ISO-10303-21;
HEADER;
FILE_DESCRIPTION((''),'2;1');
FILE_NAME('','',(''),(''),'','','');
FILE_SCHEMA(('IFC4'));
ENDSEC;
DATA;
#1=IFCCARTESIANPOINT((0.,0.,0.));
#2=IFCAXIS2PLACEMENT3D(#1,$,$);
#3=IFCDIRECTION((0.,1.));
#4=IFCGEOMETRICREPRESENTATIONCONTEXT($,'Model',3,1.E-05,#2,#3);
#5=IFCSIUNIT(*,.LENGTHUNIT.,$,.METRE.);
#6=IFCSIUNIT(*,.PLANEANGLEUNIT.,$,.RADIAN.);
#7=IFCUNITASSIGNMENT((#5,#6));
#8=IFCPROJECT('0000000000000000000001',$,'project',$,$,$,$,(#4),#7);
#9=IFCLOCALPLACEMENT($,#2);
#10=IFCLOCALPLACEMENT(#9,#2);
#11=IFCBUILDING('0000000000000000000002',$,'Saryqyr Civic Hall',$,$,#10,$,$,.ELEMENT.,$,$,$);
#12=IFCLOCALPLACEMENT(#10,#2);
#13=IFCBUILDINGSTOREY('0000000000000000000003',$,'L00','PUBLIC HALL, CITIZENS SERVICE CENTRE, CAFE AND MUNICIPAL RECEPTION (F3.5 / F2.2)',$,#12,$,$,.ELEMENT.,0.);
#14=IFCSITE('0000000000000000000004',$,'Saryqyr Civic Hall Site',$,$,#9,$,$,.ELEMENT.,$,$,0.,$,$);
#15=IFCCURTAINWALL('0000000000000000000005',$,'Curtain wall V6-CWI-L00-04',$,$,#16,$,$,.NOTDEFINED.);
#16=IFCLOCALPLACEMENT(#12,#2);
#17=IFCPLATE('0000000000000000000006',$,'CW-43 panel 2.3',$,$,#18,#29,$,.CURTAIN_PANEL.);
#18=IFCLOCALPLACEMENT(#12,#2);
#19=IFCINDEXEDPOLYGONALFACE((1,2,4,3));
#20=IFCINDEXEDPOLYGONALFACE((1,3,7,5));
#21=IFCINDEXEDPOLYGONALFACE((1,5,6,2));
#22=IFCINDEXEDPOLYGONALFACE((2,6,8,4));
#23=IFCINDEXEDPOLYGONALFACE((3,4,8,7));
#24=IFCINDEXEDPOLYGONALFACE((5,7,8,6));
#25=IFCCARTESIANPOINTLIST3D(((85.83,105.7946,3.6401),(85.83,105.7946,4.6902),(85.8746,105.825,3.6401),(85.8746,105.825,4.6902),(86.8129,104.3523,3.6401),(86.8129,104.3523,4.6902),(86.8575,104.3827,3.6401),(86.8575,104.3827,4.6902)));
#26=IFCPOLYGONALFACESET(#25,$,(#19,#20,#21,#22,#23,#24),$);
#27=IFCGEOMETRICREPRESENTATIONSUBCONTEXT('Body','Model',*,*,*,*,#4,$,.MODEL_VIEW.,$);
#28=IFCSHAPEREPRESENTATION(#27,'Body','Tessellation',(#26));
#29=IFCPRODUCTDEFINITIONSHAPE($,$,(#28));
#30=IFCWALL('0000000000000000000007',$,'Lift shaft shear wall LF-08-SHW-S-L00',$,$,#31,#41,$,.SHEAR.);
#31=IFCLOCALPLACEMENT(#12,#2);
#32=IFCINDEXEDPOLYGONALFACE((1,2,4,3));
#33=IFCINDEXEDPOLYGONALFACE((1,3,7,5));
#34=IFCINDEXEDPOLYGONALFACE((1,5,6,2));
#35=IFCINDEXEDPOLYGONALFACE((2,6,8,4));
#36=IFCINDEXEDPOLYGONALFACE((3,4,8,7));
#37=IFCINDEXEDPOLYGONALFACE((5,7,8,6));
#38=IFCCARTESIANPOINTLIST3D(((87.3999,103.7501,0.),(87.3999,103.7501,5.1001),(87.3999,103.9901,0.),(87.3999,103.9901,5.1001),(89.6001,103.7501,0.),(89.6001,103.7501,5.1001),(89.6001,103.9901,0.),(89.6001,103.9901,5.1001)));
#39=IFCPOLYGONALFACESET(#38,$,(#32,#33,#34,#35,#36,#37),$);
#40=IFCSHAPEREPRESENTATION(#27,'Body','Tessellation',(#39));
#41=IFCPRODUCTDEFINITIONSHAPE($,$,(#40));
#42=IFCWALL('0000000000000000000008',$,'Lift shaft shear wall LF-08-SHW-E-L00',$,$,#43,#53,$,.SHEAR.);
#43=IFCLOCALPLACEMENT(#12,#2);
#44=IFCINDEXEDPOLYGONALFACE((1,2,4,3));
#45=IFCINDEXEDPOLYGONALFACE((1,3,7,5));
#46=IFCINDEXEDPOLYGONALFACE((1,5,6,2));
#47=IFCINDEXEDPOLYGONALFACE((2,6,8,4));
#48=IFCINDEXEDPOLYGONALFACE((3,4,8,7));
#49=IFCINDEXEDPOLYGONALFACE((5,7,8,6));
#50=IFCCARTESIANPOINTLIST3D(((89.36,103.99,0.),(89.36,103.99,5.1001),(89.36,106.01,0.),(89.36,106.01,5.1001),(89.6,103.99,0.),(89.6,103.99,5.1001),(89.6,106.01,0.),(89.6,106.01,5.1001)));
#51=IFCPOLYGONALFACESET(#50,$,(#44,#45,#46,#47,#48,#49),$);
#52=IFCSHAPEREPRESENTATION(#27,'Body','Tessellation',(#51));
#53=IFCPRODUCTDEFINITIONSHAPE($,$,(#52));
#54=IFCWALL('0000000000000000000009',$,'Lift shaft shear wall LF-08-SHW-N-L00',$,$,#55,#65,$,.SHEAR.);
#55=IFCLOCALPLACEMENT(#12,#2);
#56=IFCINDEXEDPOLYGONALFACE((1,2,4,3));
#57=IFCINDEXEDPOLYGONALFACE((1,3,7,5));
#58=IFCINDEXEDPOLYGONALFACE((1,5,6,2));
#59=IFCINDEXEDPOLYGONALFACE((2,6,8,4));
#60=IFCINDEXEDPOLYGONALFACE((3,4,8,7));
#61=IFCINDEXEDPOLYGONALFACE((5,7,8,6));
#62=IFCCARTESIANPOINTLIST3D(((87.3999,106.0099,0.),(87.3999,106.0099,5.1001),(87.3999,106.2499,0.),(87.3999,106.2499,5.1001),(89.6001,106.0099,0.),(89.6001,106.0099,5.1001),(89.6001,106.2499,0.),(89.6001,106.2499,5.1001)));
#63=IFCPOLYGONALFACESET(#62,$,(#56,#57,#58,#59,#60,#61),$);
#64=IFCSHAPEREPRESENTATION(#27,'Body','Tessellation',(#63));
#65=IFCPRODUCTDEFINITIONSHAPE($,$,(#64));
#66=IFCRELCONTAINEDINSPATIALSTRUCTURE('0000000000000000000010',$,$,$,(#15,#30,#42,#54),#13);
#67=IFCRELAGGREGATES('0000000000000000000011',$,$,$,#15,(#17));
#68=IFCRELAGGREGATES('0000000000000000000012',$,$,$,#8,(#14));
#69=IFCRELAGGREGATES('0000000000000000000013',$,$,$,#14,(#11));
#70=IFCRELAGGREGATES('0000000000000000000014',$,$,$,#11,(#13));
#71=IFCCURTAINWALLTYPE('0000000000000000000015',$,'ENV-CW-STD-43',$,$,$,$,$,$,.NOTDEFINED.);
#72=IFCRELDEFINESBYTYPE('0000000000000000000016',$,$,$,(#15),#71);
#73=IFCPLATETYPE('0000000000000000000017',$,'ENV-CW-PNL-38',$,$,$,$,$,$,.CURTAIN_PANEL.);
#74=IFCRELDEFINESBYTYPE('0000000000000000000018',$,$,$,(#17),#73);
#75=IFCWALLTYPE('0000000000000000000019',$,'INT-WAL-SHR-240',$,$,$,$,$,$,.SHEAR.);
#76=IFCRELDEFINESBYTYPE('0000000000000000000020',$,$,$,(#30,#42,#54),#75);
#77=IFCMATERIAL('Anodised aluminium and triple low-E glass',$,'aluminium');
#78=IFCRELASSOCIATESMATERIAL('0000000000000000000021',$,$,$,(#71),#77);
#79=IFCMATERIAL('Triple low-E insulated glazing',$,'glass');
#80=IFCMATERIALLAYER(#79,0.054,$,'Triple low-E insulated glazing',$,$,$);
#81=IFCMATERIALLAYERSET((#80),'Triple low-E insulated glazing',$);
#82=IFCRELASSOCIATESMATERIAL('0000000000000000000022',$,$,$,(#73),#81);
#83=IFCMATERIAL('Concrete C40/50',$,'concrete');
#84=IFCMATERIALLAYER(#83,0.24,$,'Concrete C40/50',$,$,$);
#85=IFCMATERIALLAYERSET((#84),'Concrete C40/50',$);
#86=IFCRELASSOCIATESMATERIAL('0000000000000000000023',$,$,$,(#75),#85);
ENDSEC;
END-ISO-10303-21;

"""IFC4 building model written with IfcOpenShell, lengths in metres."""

from ifc_helpers import new_model, si_unit, direction, frame, frame_2d, origin, origin_2d, place, context, subcontext, project, spatial, rectangle, extrude, material, layer, layer_set, type_object, element, aggregate, save


model = new_model("IFC4")

# Units and contexts
model_context = context("Model", 3, precision=1e-05, world=origin(), true_north=direction((0.0, 1.0)))
body_context = subcontext(model_context, "Body", "Model", "MODEL_VIEW")
ifc_project = project(units=[si_unit("LENGTHUNIT", "METRE"), si_unit("PLANEANGLEUNIT", "RADIAN")], contexts=[model_context])

# Site, building, storey
site_placement = place(None, origin())
site = spatial("IfcSite", under=ifc_project, at=site_placement, Name="Saryqyr Civic Hall Site", CompositionType="ELEMENT", RefElevation=0.0)
building_placement = place(site_placement, origin())
building = spatial("IfcBuilding", under=site, at=building_placement, Name="Saryqyr Civic Hall", CompositionType="ELEMENT")
storey_placement = place(building_placement, origin())
storey = spatial("IfcBuildingStorey", under=building, at=storey_placement, Name="L00", Description="PUBLIC HALL, CITIZENS SERVICE CENTRE, CAFE AND MUNICIPAL RECEPTION (F3.5 / F2.2)", CompositionType="ELEMENT", Elevation=0.0)

# Shared definitions
ifc_material_1 = material(Name="Concrete C40/50", Category="concrete")

# Curtain wall
ifc_material_2 = material(Name="Anodised aluminium and triple low-E glass", Category="aluminium")
curtain_wall_type_1 = type_object("IfcCurtainWallType", Name="ENV-CW-STD-43", PredefinedType="NOTDEFINED", material=ifc_material_2)
curtain_wall_1_placement = place(storey_placement, origin())
curtain_wall_1 = element("IfcCurtainWall", 1, at=curtain_wall_1_placement, inside=storey, type_object=curtain_wall_type_1, Name="Curtain wall V6-CWI-L00-04", PredefinedType="NOTDEFINED")

# Plate
ifc_material_3 = material(Name="Triple low-E insulated glazing", Category="glass")
ifc_layer_1 = layer(ifc_material_3, 0.054, Name="Triple low-E insulated glazing")
ifc_layer_set_1 = layer_set([ifc_layer_1], Name="Triple low-E insulated glazing")
plate_type = type_object("IfcPlateType", Name="ENV-CW-PNL-38", PredefinedType="CURTAIN_PANEL", material=ifc_layer_set_1)
plate_1_placement = place(storey_placement, frame((86.3438, 105.0886, 3.6401), z_axis=(0.0, 0.0, 1.0), x_axis=(-0.563133, 0.826366, 0.0)))
plate_1 = element("IfcPlate", 2, at=plate_1_placement, type_object=plate_type, Name="CW-43 panel 2.3", PredefinedType="CURTAIN_PANEL", context=body_context, shape_type="SweptSolid", body=[
    extrude(rectangle(XDim=1.7454, YDim=0.054, at=origin_2d()), origin(), (0.0, 0.0, 1.0), 1.05),
])
aggregate(curtain_wall_1, [plate_1])

# Walls
ifc_layer_2 = layer(ifc_material_1, 0.24, Name="Concrete C40/50")
ifc_layer_set_2 = layer_set([ifc_layer_2], Name="Concrete C40/50")
wall_type = type_object("IfcWallType", Name="INT-WAL-SHR-240", PredefinedType="SHEAR", material=ifc_layer_set_2)
wall_1_placement = place(storey_placement, frame((89.6001, 103.8701, 0.0), z_axis=(0.0, 0.0, 1.0), x_axis=(-1.0, 0.0, 0.0)))
element("IfcWall", 3, at=wall_1_placement, inside=storey, type_object=wall_type, Name="Lift shaft shear wall LF-08-SHW-S-L00", PredefinedType="SHEAR", context=body_context, shape_type="SweptSolid", body=[
    extrude(rectangle(XDim=2.2002, YDim=0.24, at=frame_2d((1.1001, 0.0))), origin(), (0.0, 0.0, 1.0), 5.1001),
])
wall_2_placement = place(storey_placement, frame((89.48, 106.01, 0.0), z_axis=(0.0, 0.0, 1.0), x_axis=(0.0, -1.0, 0.0)))
element("IfcWall", 4, at=wall_2_placement, inside=storey, type_object=wall_type, Name="Lift shaft shear wall LF-08-SHW-E-L00", PredefinedType="SHEAR", context=body_context, shape_type="SweptSolid", body=[
    extrude(rectangle(XDim=2.02, YDim=0.24, at=frame_2d((1.01, 0.0))), origin(), (0.0, 0.0, 1.0), 5.1001),
])
wall_3_placement = place(storey_placement, frame((87.3999, 106.1299, 0.0), z_axis=(0.0, 0.0, 1.0), x_axis=(1.0, 0.0, 0.0)))
element("IfcWall", 5, at=wall_3_placement, inside=storey, type_object=wall_type, Name="Lift shaft shear wall LF-08-SHW-N-L00", PredefinedType="SHEAR", context=body_context, shape_type="SweptSolid", body=[
    extrude(rectangle(XDim=2.2002, YDim=0.24, at=frame_2d((1.1001, 0.0))), origin(), (0.0, 0.0, 1.0), 5.1001),
])

save(model, "model.ifc")
